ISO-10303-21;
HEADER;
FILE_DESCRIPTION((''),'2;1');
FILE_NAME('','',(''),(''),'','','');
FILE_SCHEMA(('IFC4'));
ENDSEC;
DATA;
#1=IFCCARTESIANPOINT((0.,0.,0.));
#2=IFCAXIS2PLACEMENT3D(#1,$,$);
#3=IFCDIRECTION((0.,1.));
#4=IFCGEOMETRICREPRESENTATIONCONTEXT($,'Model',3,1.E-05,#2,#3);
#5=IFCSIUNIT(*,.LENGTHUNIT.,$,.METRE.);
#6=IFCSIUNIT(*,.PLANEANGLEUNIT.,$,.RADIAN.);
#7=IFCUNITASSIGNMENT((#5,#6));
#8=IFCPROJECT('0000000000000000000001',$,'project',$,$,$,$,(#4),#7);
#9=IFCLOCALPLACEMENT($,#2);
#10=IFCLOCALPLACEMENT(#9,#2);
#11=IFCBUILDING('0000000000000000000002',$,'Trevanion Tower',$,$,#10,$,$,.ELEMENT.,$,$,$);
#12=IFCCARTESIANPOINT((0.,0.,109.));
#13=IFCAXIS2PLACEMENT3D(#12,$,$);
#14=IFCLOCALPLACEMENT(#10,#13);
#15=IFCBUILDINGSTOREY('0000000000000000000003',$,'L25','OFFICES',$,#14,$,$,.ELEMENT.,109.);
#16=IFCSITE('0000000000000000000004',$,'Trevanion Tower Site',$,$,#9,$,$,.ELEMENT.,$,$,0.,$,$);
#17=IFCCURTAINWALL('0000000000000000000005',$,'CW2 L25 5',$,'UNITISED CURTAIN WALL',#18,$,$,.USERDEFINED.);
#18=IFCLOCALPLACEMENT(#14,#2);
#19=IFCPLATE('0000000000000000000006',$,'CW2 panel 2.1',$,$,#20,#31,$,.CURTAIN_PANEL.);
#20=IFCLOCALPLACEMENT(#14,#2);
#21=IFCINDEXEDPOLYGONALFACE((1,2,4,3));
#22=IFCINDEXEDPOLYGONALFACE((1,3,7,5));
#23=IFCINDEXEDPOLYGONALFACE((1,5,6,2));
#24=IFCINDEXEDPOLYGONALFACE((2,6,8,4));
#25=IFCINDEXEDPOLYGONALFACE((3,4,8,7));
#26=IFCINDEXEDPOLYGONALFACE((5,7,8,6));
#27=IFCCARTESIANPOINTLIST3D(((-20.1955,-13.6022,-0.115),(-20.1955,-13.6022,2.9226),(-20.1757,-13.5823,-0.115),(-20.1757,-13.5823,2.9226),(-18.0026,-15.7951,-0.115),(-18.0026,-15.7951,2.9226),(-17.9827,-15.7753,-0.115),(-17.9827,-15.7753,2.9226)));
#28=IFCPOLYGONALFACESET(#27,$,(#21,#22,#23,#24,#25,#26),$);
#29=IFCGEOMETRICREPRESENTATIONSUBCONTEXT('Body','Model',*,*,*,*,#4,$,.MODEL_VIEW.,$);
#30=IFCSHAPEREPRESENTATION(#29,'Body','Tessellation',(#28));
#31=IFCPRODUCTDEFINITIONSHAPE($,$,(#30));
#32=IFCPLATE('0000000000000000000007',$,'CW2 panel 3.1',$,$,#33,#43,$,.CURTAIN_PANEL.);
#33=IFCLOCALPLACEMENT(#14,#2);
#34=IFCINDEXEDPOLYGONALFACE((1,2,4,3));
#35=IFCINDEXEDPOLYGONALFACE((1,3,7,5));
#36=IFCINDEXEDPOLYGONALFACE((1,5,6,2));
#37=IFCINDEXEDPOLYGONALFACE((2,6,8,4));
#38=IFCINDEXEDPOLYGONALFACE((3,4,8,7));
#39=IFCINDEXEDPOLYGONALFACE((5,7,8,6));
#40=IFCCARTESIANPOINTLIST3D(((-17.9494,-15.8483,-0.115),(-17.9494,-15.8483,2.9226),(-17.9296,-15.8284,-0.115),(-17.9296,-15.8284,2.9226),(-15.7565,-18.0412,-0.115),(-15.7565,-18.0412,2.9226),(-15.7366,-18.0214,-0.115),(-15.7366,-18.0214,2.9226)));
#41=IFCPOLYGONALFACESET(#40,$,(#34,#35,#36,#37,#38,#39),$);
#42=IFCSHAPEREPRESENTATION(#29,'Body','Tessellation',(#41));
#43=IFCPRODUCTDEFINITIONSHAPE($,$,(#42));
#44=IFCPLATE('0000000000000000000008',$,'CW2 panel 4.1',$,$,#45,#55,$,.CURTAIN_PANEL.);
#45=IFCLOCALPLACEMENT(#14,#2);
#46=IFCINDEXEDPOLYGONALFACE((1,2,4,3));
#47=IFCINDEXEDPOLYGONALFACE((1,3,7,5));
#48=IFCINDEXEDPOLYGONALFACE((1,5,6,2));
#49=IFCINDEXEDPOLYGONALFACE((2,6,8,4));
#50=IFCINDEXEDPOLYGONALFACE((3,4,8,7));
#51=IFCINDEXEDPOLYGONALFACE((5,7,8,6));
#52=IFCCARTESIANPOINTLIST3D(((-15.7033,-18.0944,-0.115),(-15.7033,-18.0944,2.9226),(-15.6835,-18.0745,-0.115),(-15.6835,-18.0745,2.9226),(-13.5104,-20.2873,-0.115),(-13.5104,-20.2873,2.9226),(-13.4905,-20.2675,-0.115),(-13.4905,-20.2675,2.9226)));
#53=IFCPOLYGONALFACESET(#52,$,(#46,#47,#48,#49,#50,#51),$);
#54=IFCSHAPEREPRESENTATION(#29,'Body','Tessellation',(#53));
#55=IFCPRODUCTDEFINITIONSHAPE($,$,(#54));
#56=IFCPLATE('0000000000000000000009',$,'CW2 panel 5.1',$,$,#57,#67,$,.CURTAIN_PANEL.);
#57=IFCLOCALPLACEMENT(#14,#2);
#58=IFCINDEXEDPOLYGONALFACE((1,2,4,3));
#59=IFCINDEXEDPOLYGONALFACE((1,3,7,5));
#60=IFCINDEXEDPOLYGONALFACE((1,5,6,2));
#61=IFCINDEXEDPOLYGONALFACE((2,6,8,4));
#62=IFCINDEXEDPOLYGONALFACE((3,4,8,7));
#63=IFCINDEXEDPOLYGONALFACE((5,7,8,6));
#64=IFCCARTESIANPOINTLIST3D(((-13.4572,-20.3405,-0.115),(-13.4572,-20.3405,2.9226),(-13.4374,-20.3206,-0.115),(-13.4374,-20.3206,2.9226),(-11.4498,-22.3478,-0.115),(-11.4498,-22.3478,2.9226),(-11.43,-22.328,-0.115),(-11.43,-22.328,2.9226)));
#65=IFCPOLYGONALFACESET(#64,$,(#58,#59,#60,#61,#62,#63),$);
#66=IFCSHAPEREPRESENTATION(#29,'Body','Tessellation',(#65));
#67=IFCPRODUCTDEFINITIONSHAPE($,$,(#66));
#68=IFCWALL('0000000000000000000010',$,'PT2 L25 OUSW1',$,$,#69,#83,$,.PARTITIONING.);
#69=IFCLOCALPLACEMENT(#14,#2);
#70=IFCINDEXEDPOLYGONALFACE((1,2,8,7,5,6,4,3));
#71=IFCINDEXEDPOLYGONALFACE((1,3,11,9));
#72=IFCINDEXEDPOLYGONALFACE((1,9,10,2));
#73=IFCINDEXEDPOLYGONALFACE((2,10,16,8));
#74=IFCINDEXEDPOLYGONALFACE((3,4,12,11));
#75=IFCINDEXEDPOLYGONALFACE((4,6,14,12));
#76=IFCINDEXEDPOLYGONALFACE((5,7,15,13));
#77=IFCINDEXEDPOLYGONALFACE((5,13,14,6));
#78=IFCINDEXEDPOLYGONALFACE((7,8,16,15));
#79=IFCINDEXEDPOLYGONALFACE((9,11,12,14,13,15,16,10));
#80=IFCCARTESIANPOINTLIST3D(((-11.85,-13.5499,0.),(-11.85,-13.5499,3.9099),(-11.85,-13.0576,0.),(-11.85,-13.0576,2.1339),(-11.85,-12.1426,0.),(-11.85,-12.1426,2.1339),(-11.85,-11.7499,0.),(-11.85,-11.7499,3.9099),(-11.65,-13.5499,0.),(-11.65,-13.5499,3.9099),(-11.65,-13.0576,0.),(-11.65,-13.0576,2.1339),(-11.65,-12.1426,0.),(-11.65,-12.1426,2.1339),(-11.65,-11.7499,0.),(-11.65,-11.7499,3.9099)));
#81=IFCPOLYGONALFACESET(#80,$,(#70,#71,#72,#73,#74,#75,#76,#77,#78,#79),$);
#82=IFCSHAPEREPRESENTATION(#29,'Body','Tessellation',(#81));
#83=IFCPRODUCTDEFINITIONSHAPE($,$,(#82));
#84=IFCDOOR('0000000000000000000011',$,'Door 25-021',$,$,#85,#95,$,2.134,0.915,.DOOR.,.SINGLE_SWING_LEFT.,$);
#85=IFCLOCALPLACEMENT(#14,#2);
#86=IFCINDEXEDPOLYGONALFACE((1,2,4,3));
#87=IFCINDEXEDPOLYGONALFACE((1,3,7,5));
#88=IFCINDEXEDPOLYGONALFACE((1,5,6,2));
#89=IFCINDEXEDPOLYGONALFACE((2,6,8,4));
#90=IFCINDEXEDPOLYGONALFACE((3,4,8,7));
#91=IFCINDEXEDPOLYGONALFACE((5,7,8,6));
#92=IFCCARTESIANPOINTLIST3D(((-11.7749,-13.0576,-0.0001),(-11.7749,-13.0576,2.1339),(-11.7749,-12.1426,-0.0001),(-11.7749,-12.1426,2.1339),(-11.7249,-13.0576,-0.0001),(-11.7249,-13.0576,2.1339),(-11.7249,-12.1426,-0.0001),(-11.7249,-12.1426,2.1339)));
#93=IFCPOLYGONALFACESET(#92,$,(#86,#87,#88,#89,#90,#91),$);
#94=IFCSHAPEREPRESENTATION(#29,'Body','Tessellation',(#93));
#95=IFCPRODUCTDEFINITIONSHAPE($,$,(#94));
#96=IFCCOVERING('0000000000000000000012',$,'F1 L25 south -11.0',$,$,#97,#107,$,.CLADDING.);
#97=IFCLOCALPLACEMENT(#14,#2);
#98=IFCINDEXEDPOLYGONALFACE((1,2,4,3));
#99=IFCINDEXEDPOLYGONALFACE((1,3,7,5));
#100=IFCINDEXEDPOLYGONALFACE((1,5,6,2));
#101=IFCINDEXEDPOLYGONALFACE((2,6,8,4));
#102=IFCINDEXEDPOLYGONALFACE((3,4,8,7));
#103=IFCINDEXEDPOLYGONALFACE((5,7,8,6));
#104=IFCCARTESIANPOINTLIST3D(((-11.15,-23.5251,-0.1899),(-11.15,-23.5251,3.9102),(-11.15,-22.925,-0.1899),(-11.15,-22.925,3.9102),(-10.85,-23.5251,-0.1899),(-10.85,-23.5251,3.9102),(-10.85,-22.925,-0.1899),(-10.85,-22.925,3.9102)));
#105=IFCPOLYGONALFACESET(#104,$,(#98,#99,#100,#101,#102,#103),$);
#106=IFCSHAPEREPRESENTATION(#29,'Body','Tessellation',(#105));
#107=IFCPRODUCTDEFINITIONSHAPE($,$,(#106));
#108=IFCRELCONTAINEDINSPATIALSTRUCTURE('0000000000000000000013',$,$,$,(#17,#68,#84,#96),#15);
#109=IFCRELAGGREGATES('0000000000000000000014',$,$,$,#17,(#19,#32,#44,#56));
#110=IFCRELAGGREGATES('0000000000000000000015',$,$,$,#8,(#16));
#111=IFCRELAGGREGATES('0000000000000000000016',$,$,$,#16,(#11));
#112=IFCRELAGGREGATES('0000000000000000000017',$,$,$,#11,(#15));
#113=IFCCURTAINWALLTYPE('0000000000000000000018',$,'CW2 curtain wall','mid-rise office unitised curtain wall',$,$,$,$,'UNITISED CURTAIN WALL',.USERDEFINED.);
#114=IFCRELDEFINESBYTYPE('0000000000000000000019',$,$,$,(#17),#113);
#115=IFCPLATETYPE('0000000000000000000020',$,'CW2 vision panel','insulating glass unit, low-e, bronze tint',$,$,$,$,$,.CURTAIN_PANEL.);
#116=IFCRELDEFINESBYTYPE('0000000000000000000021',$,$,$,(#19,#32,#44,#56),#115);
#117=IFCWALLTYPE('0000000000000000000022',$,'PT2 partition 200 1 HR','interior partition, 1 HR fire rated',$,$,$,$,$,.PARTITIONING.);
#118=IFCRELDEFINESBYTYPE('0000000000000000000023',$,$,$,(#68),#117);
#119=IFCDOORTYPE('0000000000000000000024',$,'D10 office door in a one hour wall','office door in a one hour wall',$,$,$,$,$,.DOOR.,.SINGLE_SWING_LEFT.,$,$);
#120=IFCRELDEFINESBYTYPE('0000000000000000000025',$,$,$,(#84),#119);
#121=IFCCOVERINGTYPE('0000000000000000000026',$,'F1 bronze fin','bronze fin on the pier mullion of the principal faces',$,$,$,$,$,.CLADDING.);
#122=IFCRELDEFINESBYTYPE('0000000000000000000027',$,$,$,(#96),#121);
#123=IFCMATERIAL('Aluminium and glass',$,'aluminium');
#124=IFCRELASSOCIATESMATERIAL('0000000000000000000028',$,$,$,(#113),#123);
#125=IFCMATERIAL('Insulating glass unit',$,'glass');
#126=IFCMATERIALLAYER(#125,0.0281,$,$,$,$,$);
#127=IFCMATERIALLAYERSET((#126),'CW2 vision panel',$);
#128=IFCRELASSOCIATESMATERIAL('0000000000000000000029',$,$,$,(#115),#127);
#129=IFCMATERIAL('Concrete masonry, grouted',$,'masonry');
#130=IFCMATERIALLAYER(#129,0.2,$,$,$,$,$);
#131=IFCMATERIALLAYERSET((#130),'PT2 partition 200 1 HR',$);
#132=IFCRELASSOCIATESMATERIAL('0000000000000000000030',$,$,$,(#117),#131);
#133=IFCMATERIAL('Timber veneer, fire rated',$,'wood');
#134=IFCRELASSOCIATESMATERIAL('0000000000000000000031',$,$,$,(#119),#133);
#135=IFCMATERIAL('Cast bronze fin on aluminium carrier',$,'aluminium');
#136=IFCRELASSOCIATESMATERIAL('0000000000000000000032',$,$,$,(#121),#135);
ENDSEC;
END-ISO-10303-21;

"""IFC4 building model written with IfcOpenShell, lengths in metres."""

from ifc_helpers import new_model, si_unit, direction, frame, frame_2d, origin, origin_2d, place, context, subcontext, project, spatial, rectangle, extrude, material, layer, layer_set, type_object, element, fill, aggregate, save


model = new_model("IFC4")

# Units and contexts
model_context = context("Model", 3, precision=1e-05, world=origin(), true_north=direction((0.0, 1.0)))
body_context = subcontext(model_context, "Body", "Model", "MODEL_VIEW")
ifc_project = project(units=[si_unit("LENGTHUNIT", "METRE"), si_unit("PLANEANGLEUNIT", "RADIAN")], contexts=[model_context])

# Site, building, storey
site_placement = place(None, origin())
site = spatial("IfcSite", under=ifc_project, at=site_placement, Name="Trevanion Tower Site", CompositionType="ELEMENT", RefElevation=0.0)
building_placement = place(site_placement, origin())
building = spatial("IfcBuilding", under=site, at=building_placement, Name="Trevanion Tower", CompositionType="ELEMENT")
storey_placement = place(building_placement, frame((0.0, 0.0, 109.0)))
storey = spatial("IfcBuildingStorey", under=building, at=storey_placement, Name="L25", Description="OFFICES", CompositionType="ELEMENT", Elevation=109.0)

# Curtain wall
ifc_material_1 = material(Name="Aluminium and glass", Category="aluminium")
curtain_wall_type = type_object("IfcCurtainWallType", Name="CW2 curtain wall", Description="mid-rise office unitised curtain wall", ElementType="UNITISED CURTAIN WALL", PredefinedType="USERDEFINED", material=ifc_material_1)
curtain_wall_1_placement = place(storey_placement, origin())
curtain_wall_1 = element("IfcCurtainWall", 1, at=curtain_wall_1_placement, inside=storey, type_object=curtain_wall_type, Name="CW2 L25 5", ObjectType="UNITISED CURTAIN WALL", PredefinedType="USERDEFINED")

# Plates
ifc_material_2 = material(Name="Insulating glass unit", Category="glass")
ifc_layer_1 = layer(ifc_material_2, 0.0281)
ifc_layer_set_1 = layer_set([ifc_layer_1], Name="CW2 vision panel")
plate_type_1 = type_object("IfcPlateType", Name="CW2 vision panel", Description="insulating glass unit, low-e, bronze tint", PredefinedType="CURTAIN_PANEL", material=ifc_layer_set_1)
plate_1_placement = place(storey_placement, frame((-19.0891, -14.6887, -0.115), z_axis=(0.0, 0.0, 1.0), x_axis=(0.707107, -0.707107, 0.0)))
plate_1 = element("IfcPlate", 2, at=plate_1_placement, type_object=plate_type_1, Name="CW2 panel 2.1", PredefinedType="CURTAIN_PANEL", context=body_context, shape_type="SweptSolid", body=[
    extrude(rectangle(XDim=3.1013, YDim=0.0281, at=origin_2d()), origin(), (0.0, 0.0, 1.0), 3.0376),
])
plate_2_placement = place(storey_placement, frame((-16.843, -16.9348, -0.115), z_axis=(0.0, 0.0, 1.0), x_axis=(0.707107, -0.707107, 0.0)))
plate_2 = element("IfcPlate", 3, at=plate_2_placement, type_object=plate_type_1, Name="CW2 panel 3.1", PredefinedType="CURTAIN_PANEL", context=body_context, shape_type="SweptSolid", body=[
    extrude(rectangle(XDim=3.1013, YDim=0.0281, at=origin_2d()), origin(), (0.0, 0.0, 1.0), 3.0376),
])
plate_3_placement = place(storey_placement, frame((-14.5969, -19.1809, -0.115), z_axis=(0.0, 0.0, 1.0), x_axis=(0.707107, -0.707107, 0.0)))
plate_3 = element("IfcPlate", 4, at=plate_3_placement, type_object=plate_type_1, Name="CW2 panel 4.1", PredefinedType="CURTAIN_PANEL", context=body_context, shape_type="SweptSolid", body=[
    extrude(rectangle(XDim=3.1013, YDim=0.0281, at=origin_2d()), origin(), (0.0, 0.0, 1.0), 3.0376),
])
plate_4_placement = place(storey_placement, frame((-12.4436, -21.3342, -0.115), z_axis=(0.0, 0.0, 1.0), x_axis=(0.707107, -0.707107, 0.0)))
plate_4 = element("IfcPlate", 5, at=plate_4_placement, type_object=plate_type_1, Name="CW2 panel 5.1", PredefinedType="CURTAIN_PANEL", context=body_context, shape_type="SweptSolid", body=[
    extrude(rectangle(XDim=2.8389, YDim=0.0281, at=origin_2d()), origin(), (0.0, 0.0, 1.0), 3.0376),
])
aggregate(curtain_wall_1, [plate_1, plate_2, plate_3, plate_4])

# Wall, opening, door
ifc_material_3 = material(Name="Concrete masonry, grouted", Category="masonry")
ifc_layer_2 = layer(ifc_material_3, 0.2)
ifc_layer_set_2 = layer_set([ifc_layer_2], Name="PT2 partition 200 1 HR")
wall_type = type_object("IfcWallType", Name="PT2 partition 200 1 HR", Description="interior partition, 1 HR fire rated", PredefinedType="PARTITIONING", material=ifc_layer_set_2)
wall_placement = place(storey_placement, frame((-11.75, -11.75, 0.0), z_axis=(0.0, 0.0, 1.0), x_axis=(0.0, -1.0, 0.0)))
wall = element("IfcWall", 6, at=wall_placement, inside=storey, type_object=wall_type, Name="PT2 L25 OUSW1", PredefinedType="PARTITIONING", context=body_context, shape_type="SweptSolid", body=[
    extrude(rectangle(XDim=1.8, YDim=0.2, at=frame_2d((0.8999, 0.0))), origin(), (0.0, 0.0, 1.0), 3.9099),
])
opening_placement = place(wall_placement, frame((0.3926, 0.0, 0.0)))
opening = element("IfcOpeningElement", 7, at=opening_placement, cuts=wall, PredefinedType="OPENING", context=body_context, shape_type="SweptSolid", body=[
    extrude(rectangle(XDim=0.915, YDim=2.134, at=frame_2d((0.4575, 1.0669))), frame((0.0, 0.1099, 0.0), z_axis=(0.0, -1.0, 0.0), x_axis=(1.0, 0.0, 0.0)), (0.0, 0.0, 1.0), 0.22),
])
ifc_material_4 = material(Name="Timber veneer, fire rated", Category="wood")
door_type = type_object("IfcDoorType", Name="D10 office door in a one hour wall", Description="office door in a one hour wall", OperationType="SINGLE_SWING_LEFT", PredefinedType="DOOR", material=ifc_material_4)
door_placement = place(opening_placement, frame((0.915, 0.0, 0.0), z_axis=(0.0, 0.0, 1.0), x_axis=(-1.0, 0.0, 0.0)))
door = element("IfcDoor", 8, at=door_placement, inside=storey, type_object=door_type, Name="Door 25-021", OperationType="SINGLE_SWING_LEFT", OverallHeight=2.134, OverallWidth=0.915, PredefinedType="DOOR", context=body_context, shape_type="SweptSolid", body=[
    extrude(rectangle(XDim=0.915, YDim=2.134, at=frame_2d((0.4575, 1.0669))), frame((0.0, 0.0249, 0.0), z_axis=(0.0, -1.0, 0.0), x_axis=(1.0, 0.0, 0.0)), (0.0, 0.0, 1.0), 0.05),
])
fill(opening, door)

# Covering
ifc_material_5 = material(Name="Cast bronze fin on aluminium carrier", Category="aluminium")
covering_type = type_object("IfcCoveringType", Name="F1 bronze fin", Description="bronze fin on the pier mullion of the principal faces", PredefinedType="CLADDING", material=ifc_material_5)
covering_placement = place(storey_placement, frame((-11.0, -23.2251, -0.1899), z_axis=(0.0, 0.0, 1.0), x_axis=(1.0, 0.0, 0.0)))
element("IfcCovering", 9, at=covering_placement, inside=storey, type_object=covering_type, Name="F1 L25 south -11.0", PredefinedType="CLADDING", context=body_context, shape_type="SweptSolid", body=[
    extrude(rectangle(XDim=0.3, YDim=0.6001, at=origin_2d()), origin(), (0.0, 0.0, 1.0), 4.1001),
])

save(model, "model.ifc")
